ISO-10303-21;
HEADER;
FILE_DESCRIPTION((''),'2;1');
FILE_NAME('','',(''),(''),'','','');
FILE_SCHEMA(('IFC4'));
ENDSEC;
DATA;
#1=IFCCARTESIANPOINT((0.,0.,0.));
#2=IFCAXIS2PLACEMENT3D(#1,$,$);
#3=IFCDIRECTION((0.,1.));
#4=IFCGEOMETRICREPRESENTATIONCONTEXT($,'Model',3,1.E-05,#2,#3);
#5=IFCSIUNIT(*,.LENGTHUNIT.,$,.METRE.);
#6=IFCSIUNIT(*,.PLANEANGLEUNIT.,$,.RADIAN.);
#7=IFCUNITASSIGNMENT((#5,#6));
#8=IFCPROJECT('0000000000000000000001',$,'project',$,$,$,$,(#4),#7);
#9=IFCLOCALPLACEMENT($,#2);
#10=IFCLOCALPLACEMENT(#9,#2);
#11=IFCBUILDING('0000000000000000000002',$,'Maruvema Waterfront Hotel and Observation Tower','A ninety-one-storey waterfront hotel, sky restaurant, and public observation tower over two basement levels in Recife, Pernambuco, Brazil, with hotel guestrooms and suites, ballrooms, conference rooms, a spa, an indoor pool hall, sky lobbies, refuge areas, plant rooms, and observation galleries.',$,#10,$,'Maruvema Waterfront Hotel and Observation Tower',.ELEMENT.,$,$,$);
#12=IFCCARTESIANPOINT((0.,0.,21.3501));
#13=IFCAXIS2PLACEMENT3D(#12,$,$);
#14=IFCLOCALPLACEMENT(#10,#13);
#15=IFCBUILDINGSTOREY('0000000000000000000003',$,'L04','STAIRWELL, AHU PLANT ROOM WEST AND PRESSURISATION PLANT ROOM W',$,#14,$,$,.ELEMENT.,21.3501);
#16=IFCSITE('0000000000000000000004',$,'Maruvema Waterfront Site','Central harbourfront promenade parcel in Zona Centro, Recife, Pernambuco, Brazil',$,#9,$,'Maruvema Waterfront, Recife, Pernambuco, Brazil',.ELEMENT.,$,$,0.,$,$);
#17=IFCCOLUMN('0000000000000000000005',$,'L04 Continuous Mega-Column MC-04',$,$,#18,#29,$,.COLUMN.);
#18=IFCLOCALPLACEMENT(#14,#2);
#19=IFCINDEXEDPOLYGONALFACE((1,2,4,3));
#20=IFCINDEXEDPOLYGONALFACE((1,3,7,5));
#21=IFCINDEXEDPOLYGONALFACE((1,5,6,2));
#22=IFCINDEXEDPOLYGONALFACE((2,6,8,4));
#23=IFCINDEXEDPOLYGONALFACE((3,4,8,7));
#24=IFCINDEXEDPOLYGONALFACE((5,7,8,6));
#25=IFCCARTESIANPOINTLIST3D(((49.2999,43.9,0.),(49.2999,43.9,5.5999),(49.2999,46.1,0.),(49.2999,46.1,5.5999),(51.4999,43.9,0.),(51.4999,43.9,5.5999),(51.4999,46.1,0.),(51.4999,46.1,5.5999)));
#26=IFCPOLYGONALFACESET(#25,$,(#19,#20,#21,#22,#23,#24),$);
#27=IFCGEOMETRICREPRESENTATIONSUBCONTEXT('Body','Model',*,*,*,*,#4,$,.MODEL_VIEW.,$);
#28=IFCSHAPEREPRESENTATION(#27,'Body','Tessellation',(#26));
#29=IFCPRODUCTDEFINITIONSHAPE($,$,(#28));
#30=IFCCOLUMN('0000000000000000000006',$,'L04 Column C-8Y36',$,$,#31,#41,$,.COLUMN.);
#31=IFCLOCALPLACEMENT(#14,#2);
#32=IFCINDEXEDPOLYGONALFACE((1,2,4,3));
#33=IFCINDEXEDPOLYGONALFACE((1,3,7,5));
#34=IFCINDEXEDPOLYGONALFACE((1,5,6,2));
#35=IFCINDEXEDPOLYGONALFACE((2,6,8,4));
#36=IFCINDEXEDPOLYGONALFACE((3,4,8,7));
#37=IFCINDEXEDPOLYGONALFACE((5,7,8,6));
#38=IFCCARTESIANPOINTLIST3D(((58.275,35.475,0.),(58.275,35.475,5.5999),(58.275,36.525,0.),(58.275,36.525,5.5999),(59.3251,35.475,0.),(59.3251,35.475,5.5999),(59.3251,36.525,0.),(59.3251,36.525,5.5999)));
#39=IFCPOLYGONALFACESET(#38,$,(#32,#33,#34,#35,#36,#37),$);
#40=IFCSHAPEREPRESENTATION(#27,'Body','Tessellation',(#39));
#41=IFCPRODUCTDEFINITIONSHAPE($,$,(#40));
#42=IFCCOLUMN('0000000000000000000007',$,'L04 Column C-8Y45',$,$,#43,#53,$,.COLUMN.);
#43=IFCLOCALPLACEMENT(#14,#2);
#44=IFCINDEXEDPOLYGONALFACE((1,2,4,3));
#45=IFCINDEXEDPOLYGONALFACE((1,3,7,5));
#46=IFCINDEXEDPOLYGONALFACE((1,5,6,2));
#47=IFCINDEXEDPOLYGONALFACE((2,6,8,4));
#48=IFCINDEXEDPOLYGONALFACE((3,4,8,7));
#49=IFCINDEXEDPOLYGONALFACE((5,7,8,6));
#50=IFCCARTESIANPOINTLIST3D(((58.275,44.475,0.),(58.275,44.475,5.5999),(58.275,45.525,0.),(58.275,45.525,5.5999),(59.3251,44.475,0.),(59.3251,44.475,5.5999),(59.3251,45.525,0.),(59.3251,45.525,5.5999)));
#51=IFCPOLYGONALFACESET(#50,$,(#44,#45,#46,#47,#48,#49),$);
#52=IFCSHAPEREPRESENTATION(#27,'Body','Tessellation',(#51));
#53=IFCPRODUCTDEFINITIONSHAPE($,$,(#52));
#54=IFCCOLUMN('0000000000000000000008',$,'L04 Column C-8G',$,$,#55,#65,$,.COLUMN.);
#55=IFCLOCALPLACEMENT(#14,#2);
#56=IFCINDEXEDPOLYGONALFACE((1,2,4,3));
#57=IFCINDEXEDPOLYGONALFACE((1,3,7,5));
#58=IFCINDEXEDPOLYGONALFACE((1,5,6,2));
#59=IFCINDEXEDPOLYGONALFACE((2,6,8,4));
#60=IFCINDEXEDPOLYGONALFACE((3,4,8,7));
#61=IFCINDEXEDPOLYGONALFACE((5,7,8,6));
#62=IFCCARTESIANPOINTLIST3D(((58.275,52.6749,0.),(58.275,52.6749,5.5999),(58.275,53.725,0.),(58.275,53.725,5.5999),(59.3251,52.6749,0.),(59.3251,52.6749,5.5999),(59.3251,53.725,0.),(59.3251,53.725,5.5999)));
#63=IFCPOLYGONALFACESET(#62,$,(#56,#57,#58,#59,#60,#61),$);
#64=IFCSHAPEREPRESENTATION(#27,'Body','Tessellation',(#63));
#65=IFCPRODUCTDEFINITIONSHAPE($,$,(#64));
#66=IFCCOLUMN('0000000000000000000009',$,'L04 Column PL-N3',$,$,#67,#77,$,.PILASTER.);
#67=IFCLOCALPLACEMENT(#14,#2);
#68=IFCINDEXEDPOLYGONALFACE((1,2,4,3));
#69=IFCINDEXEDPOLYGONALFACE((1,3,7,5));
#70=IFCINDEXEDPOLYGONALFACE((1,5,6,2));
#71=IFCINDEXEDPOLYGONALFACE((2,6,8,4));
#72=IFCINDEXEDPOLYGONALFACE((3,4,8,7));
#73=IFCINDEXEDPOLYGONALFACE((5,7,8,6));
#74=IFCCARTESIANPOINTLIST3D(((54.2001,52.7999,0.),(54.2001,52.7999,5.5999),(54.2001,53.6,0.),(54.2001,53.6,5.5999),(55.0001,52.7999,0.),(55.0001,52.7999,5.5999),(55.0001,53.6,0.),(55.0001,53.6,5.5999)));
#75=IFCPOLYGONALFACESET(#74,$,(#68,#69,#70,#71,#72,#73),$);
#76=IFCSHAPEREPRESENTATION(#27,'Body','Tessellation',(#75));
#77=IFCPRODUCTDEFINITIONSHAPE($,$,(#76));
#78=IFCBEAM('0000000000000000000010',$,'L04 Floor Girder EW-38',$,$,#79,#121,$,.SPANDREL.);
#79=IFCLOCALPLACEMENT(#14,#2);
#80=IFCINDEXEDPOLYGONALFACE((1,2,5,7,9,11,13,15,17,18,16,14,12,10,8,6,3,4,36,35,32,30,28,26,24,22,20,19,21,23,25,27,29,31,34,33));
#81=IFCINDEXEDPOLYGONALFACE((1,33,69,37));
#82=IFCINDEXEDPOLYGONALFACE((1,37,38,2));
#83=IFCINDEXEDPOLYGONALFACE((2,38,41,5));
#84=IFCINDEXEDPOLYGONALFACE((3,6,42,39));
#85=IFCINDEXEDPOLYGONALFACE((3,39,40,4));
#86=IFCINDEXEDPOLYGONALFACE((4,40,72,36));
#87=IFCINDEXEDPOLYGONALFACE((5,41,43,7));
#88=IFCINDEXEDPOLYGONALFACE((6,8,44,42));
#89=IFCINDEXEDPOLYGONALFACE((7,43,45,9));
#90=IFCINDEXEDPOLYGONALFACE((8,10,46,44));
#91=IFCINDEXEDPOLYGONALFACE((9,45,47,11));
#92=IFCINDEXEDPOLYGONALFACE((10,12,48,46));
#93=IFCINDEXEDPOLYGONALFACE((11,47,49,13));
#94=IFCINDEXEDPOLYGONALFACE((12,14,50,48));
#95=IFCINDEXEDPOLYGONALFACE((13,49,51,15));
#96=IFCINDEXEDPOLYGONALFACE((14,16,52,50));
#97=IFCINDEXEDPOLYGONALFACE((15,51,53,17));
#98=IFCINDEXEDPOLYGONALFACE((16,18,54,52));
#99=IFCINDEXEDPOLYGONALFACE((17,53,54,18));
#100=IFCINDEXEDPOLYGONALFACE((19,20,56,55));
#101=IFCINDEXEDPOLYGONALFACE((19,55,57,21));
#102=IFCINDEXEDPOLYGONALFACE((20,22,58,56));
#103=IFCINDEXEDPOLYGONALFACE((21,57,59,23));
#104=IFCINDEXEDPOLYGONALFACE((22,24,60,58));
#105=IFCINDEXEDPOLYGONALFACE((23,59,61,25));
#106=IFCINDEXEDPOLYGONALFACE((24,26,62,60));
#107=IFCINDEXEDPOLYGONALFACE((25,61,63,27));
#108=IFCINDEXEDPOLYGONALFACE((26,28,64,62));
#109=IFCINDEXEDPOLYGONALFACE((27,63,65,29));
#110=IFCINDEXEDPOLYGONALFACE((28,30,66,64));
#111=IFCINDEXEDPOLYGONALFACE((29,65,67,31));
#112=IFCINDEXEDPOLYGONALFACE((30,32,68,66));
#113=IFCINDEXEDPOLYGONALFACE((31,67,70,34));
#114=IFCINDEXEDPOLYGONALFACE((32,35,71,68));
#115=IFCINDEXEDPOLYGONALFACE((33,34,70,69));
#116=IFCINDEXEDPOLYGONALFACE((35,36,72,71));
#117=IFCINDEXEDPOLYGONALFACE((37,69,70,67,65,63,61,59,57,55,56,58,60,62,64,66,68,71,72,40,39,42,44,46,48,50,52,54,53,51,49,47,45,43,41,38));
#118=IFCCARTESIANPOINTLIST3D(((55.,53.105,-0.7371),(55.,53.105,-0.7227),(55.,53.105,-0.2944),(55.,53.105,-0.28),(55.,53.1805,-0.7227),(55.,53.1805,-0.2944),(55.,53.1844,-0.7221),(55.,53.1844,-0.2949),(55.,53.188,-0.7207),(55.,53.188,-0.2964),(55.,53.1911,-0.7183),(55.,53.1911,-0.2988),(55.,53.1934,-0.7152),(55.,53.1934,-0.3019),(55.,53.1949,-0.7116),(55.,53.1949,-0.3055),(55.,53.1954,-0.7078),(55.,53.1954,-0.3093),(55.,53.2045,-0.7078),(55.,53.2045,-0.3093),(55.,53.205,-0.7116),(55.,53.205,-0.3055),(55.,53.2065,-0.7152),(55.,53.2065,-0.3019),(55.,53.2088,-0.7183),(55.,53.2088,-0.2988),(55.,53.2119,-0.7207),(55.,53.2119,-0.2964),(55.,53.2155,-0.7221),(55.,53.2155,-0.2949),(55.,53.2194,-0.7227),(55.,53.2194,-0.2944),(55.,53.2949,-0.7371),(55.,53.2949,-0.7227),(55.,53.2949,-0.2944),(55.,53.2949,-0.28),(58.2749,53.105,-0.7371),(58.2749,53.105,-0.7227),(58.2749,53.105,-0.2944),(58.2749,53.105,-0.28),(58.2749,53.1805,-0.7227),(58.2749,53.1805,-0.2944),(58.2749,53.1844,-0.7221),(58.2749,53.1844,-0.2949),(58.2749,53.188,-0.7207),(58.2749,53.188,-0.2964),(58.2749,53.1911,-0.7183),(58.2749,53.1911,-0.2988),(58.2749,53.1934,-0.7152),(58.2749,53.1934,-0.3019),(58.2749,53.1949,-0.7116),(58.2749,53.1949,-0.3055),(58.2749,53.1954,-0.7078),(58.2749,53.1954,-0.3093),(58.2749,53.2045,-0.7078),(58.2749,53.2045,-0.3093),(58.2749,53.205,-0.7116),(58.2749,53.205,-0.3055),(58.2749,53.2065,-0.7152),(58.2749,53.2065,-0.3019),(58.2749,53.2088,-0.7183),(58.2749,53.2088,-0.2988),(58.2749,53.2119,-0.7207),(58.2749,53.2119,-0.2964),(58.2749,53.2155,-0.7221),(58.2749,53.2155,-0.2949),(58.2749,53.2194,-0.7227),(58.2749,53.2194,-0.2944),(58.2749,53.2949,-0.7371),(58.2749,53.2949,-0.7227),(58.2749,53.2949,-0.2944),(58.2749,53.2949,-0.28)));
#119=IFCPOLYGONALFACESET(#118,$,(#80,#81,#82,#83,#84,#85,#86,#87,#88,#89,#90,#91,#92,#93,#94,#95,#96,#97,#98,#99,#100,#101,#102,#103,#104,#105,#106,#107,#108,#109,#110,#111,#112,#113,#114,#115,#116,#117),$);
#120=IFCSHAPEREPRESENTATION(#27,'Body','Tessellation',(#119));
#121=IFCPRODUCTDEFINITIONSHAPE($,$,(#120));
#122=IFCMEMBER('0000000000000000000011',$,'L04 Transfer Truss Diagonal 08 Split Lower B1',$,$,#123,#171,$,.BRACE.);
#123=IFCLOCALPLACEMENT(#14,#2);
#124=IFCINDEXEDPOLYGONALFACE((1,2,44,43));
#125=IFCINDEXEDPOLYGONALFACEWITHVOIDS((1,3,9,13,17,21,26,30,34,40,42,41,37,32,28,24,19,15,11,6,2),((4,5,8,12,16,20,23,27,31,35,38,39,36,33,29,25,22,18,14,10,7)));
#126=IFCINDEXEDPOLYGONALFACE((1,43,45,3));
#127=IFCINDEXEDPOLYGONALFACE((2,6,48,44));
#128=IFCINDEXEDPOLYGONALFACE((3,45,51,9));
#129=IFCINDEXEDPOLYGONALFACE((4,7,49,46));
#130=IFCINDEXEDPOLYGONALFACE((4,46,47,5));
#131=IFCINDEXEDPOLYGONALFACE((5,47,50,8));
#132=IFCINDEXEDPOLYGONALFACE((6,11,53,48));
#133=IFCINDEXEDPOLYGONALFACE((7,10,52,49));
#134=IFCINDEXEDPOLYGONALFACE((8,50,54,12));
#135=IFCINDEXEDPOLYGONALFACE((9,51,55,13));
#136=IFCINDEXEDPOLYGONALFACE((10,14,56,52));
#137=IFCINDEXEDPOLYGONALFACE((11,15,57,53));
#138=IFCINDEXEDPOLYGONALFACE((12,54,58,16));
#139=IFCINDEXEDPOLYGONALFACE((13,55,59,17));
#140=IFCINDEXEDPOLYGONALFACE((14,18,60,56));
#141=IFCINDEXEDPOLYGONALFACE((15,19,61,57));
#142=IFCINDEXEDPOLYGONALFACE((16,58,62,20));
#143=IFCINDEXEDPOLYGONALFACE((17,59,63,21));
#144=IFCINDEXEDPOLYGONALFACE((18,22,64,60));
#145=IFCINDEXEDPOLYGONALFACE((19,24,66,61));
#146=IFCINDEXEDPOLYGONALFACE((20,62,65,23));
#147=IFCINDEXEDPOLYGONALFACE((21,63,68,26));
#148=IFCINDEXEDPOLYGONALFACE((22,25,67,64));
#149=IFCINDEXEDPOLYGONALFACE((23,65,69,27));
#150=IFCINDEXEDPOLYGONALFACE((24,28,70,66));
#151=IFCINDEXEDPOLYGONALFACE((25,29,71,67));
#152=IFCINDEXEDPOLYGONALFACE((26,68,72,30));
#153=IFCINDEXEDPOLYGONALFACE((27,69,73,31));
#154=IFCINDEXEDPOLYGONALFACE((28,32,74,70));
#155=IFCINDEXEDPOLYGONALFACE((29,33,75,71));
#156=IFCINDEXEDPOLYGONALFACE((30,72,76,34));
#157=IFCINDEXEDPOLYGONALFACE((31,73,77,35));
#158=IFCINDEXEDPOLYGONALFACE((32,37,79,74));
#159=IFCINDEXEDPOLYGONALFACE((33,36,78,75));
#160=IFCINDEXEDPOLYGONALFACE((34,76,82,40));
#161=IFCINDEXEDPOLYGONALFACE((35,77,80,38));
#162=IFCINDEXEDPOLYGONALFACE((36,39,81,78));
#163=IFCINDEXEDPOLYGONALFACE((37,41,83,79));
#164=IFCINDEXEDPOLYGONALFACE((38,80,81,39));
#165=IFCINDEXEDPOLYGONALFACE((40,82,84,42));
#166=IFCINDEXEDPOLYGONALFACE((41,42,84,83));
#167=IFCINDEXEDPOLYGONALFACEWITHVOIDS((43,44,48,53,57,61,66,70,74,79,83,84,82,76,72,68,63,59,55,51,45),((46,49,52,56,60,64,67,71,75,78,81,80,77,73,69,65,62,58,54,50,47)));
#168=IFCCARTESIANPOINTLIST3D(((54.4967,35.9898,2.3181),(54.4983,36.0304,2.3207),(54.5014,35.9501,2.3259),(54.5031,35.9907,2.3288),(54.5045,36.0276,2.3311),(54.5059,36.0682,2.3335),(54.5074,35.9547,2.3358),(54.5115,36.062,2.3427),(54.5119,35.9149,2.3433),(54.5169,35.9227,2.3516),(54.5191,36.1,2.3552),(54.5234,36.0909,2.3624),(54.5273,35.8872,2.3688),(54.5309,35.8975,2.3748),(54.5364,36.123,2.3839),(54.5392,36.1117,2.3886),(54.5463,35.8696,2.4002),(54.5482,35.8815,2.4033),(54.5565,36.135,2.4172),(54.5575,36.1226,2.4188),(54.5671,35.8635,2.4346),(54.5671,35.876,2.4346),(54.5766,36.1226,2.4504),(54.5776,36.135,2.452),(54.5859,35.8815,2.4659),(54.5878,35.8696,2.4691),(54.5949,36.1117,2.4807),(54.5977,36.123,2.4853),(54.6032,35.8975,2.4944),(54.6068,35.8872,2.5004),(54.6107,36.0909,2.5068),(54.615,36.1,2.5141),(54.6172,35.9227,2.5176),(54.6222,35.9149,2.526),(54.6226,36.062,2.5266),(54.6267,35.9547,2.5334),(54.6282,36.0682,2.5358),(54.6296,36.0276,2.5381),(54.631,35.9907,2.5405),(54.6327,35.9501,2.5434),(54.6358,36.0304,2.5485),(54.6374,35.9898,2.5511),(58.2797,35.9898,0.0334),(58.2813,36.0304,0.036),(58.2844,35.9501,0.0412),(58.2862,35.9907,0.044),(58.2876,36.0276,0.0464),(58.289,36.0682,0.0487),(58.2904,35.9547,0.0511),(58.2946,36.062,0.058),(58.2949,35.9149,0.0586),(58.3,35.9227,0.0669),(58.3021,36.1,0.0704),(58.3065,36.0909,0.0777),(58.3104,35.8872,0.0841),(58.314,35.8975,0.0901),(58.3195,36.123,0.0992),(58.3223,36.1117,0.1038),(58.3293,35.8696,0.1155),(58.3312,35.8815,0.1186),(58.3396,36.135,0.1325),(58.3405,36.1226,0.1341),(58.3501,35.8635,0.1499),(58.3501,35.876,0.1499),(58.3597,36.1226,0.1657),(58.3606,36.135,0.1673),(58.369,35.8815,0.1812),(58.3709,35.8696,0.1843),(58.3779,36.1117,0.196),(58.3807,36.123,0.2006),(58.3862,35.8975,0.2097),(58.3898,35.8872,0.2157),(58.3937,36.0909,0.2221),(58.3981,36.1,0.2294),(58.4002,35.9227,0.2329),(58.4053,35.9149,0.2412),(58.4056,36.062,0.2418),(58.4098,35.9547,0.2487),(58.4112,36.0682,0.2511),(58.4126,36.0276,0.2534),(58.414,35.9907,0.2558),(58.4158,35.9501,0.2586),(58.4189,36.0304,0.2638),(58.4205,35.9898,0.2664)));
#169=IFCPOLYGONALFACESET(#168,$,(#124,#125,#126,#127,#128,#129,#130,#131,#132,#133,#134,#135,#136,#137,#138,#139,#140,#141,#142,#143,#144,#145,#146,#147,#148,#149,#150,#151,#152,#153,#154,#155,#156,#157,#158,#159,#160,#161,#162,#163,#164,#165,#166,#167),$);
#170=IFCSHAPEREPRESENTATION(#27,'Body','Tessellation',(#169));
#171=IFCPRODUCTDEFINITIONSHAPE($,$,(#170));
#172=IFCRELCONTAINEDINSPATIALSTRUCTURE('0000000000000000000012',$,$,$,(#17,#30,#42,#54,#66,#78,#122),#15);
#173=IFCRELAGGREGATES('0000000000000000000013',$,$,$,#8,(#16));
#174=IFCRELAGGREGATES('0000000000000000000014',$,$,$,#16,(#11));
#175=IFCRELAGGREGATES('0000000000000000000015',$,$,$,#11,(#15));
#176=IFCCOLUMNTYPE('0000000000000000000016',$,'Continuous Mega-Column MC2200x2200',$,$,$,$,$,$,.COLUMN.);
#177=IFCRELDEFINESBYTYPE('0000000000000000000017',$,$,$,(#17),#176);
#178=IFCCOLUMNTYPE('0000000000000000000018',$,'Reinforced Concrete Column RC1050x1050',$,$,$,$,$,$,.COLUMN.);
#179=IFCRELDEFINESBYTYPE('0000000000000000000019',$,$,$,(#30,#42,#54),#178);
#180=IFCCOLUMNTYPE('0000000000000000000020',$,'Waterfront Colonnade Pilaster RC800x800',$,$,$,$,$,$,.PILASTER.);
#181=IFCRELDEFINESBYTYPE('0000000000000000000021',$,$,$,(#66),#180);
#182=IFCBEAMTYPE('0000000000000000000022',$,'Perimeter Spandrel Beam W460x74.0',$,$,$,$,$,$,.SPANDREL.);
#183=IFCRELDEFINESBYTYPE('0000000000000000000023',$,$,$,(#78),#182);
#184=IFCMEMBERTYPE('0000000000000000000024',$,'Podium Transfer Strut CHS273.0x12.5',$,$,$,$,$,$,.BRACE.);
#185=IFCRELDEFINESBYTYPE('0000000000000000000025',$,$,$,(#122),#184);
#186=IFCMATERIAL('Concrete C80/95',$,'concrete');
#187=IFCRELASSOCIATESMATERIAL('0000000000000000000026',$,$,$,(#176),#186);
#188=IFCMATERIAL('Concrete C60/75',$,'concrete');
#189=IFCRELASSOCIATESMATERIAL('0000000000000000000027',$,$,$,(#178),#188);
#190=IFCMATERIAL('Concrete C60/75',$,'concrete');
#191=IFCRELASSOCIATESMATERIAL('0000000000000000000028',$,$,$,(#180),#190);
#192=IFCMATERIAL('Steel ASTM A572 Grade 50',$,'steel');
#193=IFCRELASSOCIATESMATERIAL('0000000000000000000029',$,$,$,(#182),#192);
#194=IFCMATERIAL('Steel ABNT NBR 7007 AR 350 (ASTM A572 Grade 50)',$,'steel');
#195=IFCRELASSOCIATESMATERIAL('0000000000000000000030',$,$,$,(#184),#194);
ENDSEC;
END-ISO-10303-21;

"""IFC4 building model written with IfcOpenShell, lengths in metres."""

from ifc_helpers import new_model, si_unit, direction, frame, origin, origin_2d, place, context, subcontext, project, spatial, rectangle, hollow_circle, i_section, extrude, material, material_profile, profile_set, type_object, element, save


model = new_model("IFC4")

# Units and contexts
model_context = context("Model", 3, precision=1e-05, world=origin(), true_north=direction((0.0, 1.0)))
body_context = subcontext(model_context, "Body", "Model", "MODEL_VIEW")
ifc_project = project(units=[si_unit("LENGTHUNIT", "METRE"), si_unit("PLANEANGLEUNIT", "RADIAN")], contexts=[model_context])

# Site, building, storey
site_placement = place(None, origin())
site = spatial("IfcSite", under=ifc_project, at=site_placement, Name="Maruvema Waterfront Site", Description="Central harbourfront promenade parcel in Zona Centro, Recife, Pernambuco, Brazil", LongName="Maruvema Waterfront, Recife, Pernambuco, Brazil", CompositionType="ELEMENT", RefElevation=0.0)
building_placement = place(site_placement, origin())
building = spatial("IfcBuilding", under=site, at=building_placement, Name="Maruvema Waterfront Hotel and Observation Tower", Description="A ninety-one-storey waterfront hotel, sky restaurant, and public observation tower over two basement levels in Recife, Pernambuco, Brazil, with hotel guestrooms and suites, ballrooms, conference rooms, a spa, an indoor pool hall, sky lobbies, refuge areas, plant rooms, and observation galleries.", LongName="Maruvema Waterfront Hotel and Observation Tower", CompositionType="ELEMENT")
storey_placement = place(building_placement, frame((0.0, 0.0, 21.3501)))
storey = spatial("IfcBuildingStorey", under=building, at=storey_placement, Name="L04", Description="STAIRWELL, AHU PLANT ROOM WEST AND PRESSURISATION PLANT ROOM W", CompositionType="ELEMENT", Elevation=21.3501)

# Columns
ifc_material_1 = material(Name="Concrete C80/95", Category="concrete")
ifc_material_profile_1 = material_profile(ifc_material_1, rectangle(XDim=2.2, YDim=2.2, at=origin_2d()), Name="MC2200x2200")
ifc_profile_set_1 = profile_set([ifc_material_profile_1], Name="Concrete C80/95")
column_type_1 = type_object("IfcColumnType", Name="Continuous Mega-Column MC2200x2200", PredefinedType="COLUMN", material=ifc_profile_set_1)
column_1_placement = place(storey_placement, frame((50.3999, 45.0, 0.0), z_axis=(0.0, 0.0, 1.0), x_axis=(1.0, 0.0, 0.0)))
element("IfcColumn", 1, at=column_1_placement, inside=storey, type_object=column_type_1, Name="L04 Continuous Mega-Column MC-04", PredefinedType="COLUMN", context=body_context, shape_type="SweptSolid", body=[
    extrude(rectangle(XDim=2.2, YDim=2.2, at=origin_2d()), origin(), (0.0, 0.0, 1.0), 5.5999),
])
ifc_material_2 = material(Name="Concrete C60/75", Category="concrete")
ifc_material_profile_2 = material_profile(ifc_material_2, rectangle(XDim=1.05, YDim=1.05, at=origin_2d()), Name="RC1050x1050")
ifc_profile_set_2 = profile_set([ifc_material_profile_2], Name="Concrete C60/75")
column_type_2 = type_object("IfcColumnType", Name="Reinforced Concrete Column RC1050x1050", PredefinedType="COLUMN", material=ifc_profile_set_2)
for number, where, z_axis, x_axis, name in (
    (2, (58.8, 36.0, 0.0), (0.0, 0.0, 1.0), (1.0, 0.0, 0.0), "L04 Column C-8Y36"),
    (3, (58.8, 45.0, 0.0), (0.0, 0.0, 1.0), (1.0, 0.0, 0.0), "L04 Column C-8Y45"),
    (4, (58.8, 53.2, 0.0), (0.0, 0.0, 1.0), (1.0, 0.0, 0.0), "L04 Column C-8G"),
):
    element("IfcColumn", number, at=place(storey_placement, frame(where, z_axis=z_axis, x_axis=x_axis)), inside=storey, type_object=column_type_2, Name=name, PredefinedType="COLUMN", context=body_context, shape_type="SweptSolid", body=[
        extrude(rectangle(XDim=1.05, YDim=1.05, at=origin_2d()), origin(), (0.0, 0.0, 1.0), 5.5999),
    ])
ifc_material_3 = material(Name="Concrete C60/75", Category="concrete")
ifc_material_profile_3 = material_profile(ifc_material_3, rectangle(XDim=0.8, YDim=0.8, at=origin_2d()), Name="RC800x800")
ifc_profile_set_3 = profile_set([ifc_material_profile_3], Name="Concrete C60/75")
column_type_3 = type_object("IfcColumnType", Name="Waterfront Colonnade Pilaster RC800x800", PredefinedType="PILASTER", material=ifc_profile_set_3)
column_2_placement = place(storey_placement, frame((54.6001, 53.2, 0.0), z_axis=(0.0, 0.0, 1.0), x_axis=(1.0, 0.0, 0.0)))
element("IfcColumn", 5, at=column_2_placement, inside=storey, type_object=column_type_3, Name="L04 Column PL-N3", PredefinedType="PILASTER", context=body_context, shape_type="SweptSolid", body=[
    extrude(rectangle(XDim=0.8, YDim=0.8, at=origin_2d()), origin(), (0.0, 0.0, 1.0), 5.5999),
])

# Beam
ifc_material_4 = material(Name="Steel ASTM A572 Grade 50", Category="steel")
ifc_material_profile_4 = material_profile(ifc_material_4, i_section(OverallWidth=0.1899, OverallDepth=0.457, WebThickness=0.009, FlangeThickness=0.0144, FilletRadius=0.0149, at=origin_2d()), Name="W460x74.0")
ifc_profile_set_4 = profile_set([ifc_material_profile_4], Name="Steel ASTM A572 Grade 50")
beam_type_1 = type_object("IfcBeamType", Name="Perimeter Spandrel Beam W460x74.0", PredefinedType="SPANDREL", material=ifc_profile_set_4)
beam_1_placement = place(storey_placement, frame((55.0, 53.2, -0.5085), z_axis=(1.0, 0.0, 0.0), x_axis=(0.0, 1.0, 0.0)))
element("IfcBeam", 6, at=beam_1_placement, inside=storey, type_object=beam_type_1, Name="L04 Floor Girder EW-38", PredefinedType="SPANDREL", context=body_context, shape_type="SweptSolid", body=[
    extrude(i_section(OverallWidth=0.1899, OverallDepth=0.457, WebThickness=0.009, FlangeThickness=0.0144, FilletRadius=0.0149, at=origin_2d()), origin(), (0.0, 0.0, 1.0), 3.2749),
])

# Member
ifc_material_5 = material(Name="Steel ABNT NBR 7007 AR 350 (ASTM A572 Grade 50)", Category="steel")
ifc_material_profile_5 = material_profile(ifc_material_5, hollow_circle(Radius=0.1365, WallThickness=0.0125, at=origin_2d()), Name="CHS273.0x12.5")
ifc_profile_set_5 = profile_set([ifc_material_profile_5], Name="Steel ABNT NBR 7007 AR 350 (ASTM A572 Grade 50)")
member_type = type_object("IfcMemberType", Name="Podium Transfer Strut CHS273.0x12.5", PredefinedType="BRACE", material=ifc_profile_set_5)
for number, where, z_axis, x_axis, name in (
    (7, (58.3501, 36.0, 0.1499), (-0.856003, 0.0, 0.516971), (0.0, -1.0, 0.0), "L04 Transfer Truss Diagonal 08 Split Lower B1"),
):
    element("IfcMember", number, at=place(storey_placement, frame(where, z_axis=z_axis, x_axis=x_axis)), inside=storey, type_object=member_type, Name=name, PredefinedType="BRACE", context=body_context, shape_type="SweptSolid", body=[
        extrude(hollow_circle(Radius=0.1365, WallThickness=0.0125, at=origin_2d()), origin(), (0.0, 0.0, 1.0), 4.4194),
    ])

save(model, "model.ifc")
